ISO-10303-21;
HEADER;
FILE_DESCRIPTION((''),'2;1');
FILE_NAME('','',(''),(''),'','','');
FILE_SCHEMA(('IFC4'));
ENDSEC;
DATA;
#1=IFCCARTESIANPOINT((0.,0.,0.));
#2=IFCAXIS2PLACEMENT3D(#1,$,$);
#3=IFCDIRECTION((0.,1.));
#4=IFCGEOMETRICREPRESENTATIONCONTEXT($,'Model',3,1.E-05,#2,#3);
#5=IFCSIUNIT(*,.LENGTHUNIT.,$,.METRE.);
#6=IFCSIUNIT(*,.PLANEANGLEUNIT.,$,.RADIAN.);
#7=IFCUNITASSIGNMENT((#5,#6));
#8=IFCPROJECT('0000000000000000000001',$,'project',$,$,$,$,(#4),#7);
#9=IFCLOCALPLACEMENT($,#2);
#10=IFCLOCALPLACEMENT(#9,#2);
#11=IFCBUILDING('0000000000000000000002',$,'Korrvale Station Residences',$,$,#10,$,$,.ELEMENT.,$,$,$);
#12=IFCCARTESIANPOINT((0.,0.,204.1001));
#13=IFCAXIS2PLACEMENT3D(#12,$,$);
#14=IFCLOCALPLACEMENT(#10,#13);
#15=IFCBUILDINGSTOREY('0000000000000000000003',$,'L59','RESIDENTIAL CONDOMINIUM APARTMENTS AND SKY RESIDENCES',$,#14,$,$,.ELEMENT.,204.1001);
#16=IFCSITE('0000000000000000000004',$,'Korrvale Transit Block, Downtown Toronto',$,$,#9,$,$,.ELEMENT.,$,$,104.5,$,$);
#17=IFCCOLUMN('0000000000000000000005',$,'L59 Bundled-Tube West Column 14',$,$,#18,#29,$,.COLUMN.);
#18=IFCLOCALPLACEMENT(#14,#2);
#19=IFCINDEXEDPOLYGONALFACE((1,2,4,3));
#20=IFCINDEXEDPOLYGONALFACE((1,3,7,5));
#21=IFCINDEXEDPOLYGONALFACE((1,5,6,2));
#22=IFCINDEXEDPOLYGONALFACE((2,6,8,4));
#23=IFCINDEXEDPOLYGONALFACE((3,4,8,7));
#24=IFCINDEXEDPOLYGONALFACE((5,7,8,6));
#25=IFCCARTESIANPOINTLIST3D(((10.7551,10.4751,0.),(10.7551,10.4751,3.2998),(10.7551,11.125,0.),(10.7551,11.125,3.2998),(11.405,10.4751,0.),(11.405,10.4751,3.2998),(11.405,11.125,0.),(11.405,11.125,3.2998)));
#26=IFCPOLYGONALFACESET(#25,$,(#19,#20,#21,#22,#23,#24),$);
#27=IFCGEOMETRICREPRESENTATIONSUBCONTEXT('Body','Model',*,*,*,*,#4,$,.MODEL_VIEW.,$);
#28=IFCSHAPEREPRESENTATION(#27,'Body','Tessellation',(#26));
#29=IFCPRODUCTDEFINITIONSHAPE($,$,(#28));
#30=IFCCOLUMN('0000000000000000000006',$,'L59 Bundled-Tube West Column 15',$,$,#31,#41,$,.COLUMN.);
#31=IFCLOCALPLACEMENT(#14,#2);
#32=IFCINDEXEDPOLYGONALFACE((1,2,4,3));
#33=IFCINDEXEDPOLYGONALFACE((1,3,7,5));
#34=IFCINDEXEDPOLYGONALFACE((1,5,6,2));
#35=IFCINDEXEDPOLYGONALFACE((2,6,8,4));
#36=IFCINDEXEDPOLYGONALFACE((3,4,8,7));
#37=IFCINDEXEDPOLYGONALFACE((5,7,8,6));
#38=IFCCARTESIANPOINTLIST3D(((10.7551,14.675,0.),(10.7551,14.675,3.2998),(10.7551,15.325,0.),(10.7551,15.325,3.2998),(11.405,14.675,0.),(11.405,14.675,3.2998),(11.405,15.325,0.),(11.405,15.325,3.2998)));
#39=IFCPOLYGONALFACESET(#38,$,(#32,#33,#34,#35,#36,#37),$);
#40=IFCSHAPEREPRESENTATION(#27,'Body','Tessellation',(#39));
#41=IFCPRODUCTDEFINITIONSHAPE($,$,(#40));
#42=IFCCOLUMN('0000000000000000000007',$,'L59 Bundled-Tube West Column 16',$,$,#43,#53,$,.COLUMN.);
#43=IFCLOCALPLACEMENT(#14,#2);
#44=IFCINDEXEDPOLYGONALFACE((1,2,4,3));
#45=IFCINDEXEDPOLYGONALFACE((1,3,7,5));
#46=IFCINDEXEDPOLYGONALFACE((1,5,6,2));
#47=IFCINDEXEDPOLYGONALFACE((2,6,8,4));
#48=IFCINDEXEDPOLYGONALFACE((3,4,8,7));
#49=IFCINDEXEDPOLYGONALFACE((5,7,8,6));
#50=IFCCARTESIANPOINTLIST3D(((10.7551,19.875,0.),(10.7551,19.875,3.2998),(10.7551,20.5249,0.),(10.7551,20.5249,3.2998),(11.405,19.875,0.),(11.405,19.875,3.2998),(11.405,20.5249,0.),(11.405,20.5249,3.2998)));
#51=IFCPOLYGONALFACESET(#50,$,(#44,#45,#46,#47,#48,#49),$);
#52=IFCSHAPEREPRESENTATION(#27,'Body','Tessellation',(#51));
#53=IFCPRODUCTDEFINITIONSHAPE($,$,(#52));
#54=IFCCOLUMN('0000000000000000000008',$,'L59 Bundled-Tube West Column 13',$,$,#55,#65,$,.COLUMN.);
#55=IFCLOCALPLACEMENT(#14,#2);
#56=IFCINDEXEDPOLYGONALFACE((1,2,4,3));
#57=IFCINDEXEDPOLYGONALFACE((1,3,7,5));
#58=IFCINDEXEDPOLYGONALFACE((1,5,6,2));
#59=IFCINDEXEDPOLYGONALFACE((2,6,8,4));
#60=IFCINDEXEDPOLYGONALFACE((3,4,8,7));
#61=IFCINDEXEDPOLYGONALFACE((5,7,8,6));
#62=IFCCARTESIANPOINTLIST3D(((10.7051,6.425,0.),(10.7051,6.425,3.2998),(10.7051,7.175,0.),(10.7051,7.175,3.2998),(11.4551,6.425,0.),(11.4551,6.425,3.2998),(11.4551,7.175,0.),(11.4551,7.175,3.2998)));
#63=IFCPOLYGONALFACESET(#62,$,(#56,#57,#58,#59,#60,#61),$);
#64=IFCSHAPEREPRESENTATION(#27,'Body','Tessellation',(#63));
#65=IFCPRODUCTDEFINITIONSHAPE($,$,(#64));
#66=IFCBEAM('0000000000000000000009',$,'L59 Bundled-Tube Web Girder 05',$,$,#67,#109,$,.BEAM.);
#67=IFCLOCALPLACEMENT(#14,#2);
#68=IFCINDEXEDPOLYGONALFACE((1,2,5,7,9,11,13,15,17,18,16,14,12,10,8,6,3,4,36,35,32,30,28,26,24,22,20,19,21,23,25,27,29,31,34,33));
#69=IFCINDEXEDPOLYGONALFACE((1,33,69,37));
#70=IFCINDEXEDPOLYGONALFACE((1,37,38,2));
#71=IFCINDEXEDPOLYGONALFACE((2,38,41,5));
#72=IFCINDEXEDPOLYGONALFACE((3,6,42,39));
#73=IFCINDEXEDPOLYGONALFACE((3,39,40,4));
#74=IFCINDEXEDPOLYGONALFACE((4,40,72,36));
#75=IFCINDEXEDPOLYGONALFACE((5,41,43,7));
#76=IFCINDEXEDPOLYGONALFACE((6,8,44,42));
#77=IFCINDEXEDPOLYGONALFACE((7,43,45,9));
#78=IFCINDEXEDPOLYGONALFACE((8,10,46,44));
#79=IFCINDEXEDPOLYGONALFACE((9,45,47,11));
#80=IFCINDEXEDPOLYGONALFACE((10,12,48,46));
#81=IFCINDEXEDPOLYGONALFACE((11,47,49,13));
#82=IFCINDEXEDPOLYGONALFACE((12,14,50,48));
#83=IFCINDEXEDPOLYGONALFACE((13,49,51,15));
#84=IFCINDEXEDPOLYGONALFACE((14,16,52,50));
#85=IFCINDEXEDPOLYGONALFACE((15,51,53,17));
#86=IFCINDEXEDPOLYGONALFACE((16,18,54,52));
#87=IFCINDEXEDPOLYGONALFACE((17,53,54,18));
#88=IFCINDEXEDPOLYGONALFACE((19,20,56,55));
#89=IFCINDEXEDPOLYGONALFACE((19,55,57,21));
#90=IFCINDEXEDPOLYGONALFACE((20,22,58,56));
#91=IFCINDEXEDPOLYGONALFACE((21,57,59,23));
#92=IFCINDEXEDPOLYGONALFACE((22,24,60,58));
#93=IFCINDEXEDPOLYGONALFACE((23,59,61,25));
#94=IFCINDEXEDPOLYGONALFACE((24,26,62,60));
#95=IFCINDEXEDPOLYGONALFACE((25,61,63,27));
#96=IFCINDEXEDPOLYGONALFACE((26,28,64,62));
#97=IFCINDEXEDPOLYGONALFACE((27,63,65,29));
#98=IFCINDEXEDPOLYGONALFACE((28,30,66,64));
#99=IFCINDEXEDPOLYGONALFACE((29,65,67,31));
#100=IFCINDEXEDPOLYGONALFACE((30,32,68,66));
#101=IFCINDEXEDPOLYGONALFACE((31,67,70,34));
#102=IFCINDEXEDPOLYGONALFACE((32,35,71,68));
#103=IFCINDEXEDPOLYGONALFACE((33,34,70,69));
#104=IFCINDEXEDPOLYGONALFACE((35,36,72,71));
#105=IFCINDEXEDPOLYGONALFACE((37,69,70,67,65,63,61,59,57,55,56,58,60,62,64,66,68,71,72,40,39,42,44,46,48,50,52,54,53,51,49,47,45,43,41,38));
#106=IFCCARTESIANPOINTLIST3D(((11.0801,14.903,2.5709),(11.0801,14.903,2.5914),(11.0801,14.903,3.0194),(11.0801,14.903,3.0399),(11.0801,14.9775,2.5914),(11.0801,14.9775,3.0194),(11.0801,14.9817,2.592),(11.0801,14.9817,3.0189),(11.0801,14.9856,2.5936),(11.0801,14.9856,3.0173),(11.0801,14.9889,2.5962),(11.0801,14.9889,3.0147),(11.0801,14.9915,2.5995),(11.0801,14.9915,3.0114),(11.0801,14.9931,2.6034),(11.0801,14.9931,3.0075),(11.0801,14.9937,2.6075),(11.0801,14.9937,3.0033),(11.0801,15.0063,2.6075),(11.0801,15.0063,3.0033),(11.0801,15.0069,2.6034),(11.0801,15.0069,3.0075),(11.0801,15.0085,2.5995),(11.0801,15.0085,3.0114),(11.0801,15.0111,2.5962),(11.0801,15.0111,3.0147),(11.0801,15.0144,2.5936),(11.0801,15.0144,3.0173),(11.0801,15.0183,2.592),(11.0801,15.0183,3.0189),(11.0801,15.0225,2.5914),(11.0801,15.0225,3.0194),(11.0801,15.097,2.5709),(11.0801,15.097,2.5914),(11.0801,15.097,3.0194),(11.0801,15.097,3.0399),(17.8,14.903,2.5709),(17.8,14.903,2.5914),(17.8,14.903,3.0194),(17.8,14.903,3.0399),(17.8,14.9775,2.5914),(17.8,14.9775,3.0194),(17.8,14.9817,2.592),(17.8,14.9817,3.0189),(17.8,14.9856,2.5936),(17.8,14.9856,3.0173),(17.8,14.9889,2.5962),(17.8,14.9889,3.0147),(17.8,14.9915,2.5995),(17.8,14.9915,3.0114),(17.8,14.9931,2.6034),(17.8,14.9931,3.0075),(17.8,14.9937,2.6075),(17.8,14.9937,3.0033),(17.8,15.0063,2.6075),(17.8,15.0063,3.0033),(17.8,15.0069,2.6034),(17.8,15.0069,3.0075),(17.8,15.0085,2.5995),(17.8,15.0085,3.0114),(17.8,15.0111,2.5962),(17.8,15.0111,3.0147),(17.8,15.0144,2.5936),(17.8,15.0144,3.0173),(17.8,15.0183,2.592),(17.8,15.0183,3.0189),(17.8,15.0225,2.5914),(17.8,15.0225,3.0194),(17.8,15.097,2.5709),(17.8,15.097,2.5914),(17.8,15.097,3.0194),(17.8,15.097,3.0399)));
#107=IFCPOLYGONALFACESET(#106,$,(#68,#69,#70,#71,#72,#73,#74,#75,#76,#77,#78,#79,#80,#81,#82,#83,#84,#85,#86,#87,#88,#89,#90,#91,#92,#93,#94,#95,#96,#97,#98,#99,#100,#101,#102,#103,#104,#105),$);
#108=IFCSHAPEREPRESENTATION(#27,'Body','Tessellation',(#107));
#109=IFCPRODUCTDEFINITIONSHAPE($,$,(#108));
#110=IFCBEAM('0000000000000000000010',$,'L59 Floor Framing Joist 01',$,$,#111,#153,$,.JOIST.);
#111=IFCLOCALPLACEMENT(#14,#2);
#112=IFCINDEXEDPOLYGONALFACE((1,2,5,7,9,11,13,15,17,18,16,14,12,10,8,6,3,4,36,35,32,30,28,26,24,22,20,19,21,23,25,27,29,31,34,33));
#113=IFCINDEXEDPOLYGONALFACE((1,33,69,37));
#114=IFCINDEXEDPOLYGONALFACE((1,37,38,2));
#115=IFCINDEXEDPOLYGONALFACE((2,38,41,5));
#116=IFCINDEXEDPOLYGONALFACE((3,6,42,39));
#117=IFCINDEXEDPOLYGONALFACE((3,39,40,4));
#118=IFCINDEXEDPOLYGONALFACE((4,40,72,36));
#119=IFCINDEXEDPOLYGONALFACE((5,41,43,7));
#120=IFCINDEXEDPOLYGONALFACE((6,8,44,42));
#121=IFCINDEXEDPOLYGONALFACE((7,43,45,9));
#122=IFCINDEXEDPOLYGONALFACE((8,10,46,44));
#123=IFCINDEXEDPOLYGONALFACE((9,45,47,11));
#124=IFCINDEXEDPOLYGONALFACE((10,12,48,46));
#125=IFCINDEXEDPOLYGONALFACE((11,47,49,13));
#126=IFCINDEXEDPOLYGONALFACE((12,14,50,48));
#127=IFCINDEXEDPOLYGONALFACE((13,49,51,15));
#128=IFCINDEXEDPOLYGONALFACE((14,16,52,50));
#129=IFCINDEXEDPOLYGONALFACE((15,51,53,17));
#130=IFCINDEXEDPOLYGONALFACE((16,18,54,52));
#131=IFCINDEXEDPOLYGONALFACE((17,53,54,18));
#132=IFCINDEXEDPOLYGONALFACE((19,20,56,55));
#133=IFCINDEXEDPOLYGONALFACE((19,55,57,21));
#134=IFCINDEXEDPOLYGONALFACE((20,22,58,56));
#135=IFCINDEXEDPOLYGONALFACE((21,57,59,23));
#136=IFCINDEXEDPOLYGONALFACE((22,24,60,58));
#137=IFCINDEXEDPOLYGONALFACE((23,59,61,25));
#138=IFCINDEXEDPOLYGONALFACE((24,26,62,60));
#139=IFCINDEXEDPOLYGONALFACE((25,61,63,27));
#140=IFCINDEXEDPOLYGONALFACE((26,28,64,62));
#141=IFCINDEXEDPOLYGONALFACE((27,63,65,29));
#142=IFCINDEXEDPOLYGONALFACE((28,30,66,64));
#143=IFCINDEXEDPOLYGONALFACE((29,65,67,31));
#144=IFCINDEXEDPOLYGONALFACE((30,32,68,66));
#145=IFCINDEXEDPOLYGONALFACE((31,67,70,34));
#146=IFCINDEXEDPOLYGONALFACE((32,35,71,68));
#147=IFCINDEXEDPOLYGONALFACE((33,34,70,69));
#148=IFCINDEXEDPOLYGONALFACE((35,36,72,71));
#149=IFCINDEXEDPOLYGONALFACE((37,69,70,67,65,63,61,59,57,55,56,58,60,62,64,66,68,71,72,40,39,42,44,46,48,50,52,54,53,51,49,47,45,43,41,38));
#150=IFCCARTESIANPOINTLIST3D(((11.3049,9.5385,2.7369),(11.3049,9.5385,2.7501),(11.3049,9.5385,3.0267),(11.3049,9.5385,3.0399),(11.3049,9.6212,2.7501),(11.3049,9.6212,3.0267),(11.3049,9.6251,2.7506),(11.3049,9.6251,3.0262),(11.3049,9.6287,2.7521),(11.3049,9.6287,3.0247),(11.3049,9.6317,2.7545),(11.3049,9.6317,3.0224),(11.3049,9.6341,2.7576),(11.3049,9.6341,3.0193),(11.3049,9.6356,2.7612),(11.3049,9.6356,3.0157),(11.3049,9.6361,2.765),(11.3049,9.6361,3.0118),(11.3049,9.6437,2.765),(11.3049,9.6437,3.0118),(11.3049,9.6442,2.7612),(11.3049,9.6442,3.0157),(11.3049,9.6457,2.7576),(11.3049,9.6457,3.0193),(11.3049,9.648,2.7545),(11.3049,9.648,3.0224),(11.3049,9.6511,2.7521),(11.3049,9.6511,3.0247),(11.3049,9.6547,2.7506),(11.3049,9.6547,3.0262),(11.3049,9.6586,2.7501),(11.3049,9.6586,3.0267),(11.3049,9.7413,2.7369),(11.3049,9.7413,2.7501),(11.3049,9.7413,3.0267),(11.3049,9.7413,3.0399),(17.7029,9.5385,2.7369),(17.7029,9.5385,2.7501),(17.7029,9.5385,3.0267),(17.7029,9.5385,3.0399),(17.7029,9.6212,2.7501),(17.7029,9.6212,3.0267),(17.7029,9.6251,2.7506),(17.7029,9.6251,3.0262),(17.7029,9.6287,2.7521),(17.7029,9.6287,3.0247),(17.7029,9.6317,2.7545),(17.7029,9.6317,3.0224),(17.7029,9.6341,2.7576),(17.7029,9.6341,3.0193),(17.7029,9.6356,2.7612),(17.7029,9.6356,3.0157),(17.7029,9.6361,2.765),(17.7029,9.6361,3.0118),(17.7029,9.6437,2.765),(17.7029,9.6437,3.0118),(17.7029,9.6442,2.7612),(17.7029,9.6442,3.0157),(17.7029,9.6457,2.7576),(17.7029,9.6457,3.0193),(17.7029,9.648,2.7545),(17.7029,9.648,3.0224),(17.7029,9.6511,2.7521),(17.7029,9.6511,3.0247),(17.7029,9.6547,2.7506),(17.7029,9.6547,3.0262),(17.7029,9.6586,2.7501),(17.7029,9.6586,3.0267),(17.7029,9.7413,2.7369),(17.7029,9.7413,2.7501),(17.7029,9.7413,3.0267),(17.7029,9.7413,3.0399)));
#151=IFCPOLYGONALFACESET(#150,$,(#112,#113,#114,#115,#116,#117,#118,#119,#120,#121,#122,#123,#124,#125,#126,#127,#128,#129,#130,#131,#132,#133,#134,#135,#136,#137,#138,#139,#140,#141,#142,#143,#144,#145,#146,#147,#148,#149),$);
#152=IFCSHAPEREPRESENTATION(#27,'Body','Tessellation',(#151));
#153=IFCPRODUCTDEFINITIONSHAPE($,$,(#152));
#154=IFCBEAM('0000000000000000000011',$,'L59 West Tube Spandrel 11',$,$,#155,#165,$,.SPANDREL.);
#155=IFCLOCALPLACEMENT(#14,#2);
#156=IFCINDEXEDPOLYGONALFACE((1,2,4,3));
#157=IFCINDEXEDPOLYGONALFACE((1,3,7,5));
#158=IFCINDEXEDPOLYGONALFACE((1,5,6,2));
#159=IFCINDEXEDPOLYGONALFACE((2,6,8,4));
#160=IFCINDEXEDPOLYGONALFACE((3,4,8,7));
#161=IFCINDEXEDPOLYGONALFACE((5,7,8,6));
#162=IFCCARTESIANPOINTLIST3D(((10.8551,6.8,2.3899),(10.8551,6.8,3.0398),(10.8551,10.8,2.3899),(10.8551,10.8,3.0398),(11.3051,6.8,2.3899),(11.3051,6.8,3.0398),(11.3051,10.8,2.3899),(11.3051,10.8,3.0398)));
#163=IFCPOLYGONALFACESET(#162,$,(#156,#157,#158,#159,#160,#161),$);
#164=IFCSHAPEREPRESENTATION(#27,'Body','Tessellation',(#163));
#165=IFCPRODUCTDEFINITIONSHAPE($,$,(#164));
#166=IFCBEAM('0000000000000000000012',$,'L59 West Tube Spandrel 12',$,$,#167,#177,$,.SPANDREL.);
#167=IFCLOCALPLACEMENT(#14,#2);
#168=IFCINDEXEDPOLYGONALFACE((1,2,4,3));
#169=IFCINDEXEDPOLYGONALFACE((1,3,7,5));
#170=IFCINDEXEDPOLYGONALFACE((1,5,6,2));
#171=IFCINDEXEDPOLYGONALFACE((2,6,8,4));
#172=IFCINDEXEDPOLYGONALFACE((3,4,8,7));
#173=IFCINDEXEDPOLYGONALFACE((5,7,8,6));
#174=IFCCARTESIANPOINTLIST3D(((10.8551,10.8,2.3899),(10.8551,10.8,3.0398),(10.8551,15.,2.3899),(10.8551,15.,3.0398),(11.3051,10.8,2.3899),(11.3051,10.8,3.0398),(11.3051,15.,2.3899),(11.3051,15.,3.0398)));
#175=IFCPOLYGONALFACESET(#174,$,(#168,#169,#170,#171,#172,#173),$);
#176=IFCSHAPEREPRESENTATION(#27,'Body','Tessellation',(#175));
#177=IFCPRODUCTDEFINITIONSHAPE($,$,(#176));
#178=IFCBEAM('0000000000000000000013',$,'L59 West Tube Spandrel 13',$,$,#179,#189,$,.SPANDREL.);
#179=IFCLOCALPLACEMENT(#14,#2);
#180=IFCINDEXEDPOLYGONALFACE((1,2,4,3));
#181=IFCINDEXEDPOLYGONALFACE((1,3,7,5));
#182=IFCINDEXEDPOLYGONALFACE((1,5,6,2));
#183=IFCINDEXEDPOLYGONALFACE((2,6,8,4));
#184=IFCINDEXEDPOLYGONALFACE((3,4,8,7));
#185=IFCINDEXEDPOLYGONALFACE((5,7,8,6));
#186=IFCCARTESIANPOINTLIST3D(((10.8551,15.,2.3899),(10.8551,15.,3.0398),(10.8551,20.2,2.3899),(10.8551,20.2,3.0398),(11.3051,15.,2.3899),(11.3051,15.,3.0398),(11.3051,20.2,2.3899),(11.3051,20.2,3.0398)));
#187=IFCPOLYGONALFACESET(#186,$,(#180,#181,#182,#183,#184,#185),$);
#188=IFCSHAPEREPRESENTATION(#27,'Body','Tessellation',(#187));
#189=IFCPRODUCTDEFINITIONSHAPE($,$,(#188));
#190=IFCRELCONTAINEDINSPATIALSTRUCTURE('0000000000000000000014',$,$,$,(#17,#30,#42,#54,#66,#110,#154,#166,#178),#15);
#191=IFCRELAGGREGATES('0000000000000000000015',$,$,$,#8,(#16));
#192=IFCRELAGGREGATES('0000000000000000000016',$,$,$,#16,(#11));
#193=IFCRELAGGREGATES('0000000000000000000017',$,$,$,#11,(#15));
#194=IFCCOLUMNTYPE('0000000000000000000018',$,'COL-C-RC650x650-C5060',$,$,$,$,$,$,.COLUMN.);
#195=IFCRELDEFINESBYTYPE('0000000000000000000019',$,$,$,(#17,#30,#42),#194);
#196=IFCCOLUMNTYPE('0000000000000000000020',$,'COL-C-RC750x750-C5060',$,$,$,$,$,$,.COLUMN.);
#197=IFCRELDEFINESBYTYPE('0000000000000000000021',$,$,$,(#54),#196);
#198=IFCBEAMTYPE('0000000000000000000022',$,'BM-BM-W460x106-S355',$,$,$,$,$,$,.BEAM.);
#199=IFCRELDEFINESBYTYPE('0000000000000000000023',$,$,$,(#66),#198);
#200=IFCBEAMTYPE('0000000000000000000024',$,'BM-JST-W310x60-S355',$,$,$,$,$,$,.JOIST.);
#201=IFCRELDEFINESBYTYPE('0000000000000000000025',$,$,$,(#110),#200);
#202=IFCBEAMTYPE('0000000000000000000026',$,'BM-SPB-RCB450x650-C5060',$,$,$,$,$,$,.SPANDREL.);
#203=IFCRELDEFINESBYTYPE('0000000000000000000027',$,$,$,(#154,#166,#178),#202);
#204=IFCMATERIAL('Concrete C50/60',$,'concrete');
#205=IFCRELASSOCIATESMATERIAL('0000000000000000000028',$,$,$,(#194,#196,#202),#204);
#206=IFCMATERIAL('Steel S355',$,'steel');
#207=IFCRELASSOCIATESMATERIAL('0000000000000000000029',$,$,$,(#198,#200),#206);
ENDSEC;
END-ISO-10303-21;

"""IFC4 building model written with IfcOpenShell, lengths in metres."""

from ifc_helpers import new_model, si_unit, direction, frame, origin, origin_2d, place, context, subcontext, project, spatial, rectangle, i_section, extrude, material, material_profile, profile_set, type_object, element, save


model = new_model("IFC4")

# Units and contexts
model_context = context("Model", 3, precision=1e-05, world=origin(), true_north=direction((0.0, 1.0)))
body_context = subcontext(model_context, "Body", "Model", "MODEL_VIEW")
ifc_project = project(units=[si_unit("LENGTHUNIT", "METRE"), si_unit("PLANEANGLEUNIT", "RADIAN")], contexts=[model_context])

# Site, building, storey
site_placement = place(None, origin())
site = spatial("IfcSite", under=ifc_project, at=site_placement, Name="Korrvale Transit Block, Downtown Toronto", CompositionType="ELEMENT", RefElevation=104.5)
building_placement = place(site_placement, origin())
building = spatial("IfcBuilding", under=site, at=building_placement, Name="Korrvale Station Residences", CompositionType="ELEMENT")
storey_placement = place(building_placement, frame((0.0, 0.0, 204.1001)))
storey = spatial("IfcBuildingStorey", under=building, at=storey_placement, Name="L59", Description="RESIDENTIAL CONDOMINIUM APARTMENTS AND SKY RESIDENCES", CompositionType="ELEMENT", Elevation=204.1001)

# Columns
ifc_material_1 = material(Name="Concrete C50/60", Category="concrete")
ifc_material_profile_1 = material_profile(ifc_material_1, rectangle(XDim=0.6499, YDim=0.6499, at=origin_2d()), Name="RC650x650")
ifc_profile_set_1 = profile_set([ifc_material_profile_1], Name="Concrete C50/60")
column_type_1 = type_object("IfcColumnType", Name="COL-C-RC650x650-C5060", PredefinedType="COLUMN", material=ifc_profile_set_1)
for number, where, z_axis, x_axis, name in (
    (1, (11.0801, 10.8, 0.0), (0.0, 0.0, 1.0), (1.0, 0.0, 0.0), "L59 Bundled-Tube West Column 14"),
    (2, (11.0801, 15.0, 0.0), (0.0, 0.0, 1.0), (1.0, 0.0, 0.0), "L59 Bundled-Tube West Column 15"),
    (3, (11.0801, 20.2, 0.0), (0.0, 0.0, 1.0), (1.0, 0.0, 0.0), "L59 Bundled-Tube West Column 16"),
):
    element("IfcColumn", number, at=place(storey_placement, frame(where, z_axis=z_axis, x_axis=x_axis)), inside=storey, type_object=column_type_1, Name=name, PredefinedType="COLUMN", context=body_context, shape_type="SweptSolid", body=[
        extrude(rectangle(XDim=0.6499, YDim=0.6499, at=origin_2d()), origin(), (0.0, 0.0, 1.0), 3.2998),
    ])
ifc_material_profile_2 = material_profile(ifc_material_1, rectangle(XDim=0.75, YDim=0.75, at=origin_2d()), Name="RC750x750")
ifc_profile_set_2 = profile_set([ifc_material_profile_2], Name="Concrete C50/60")
column_type_2 = type_object("IfcColumnType", Name="COL-C-RC750x750-C5060", PredefinedType="COLUMN", material=ifc_profile_set_2)
column_placement = place(storey_placement, frame((11.0801, 6.8, 0.0), z_axis=(0.0, 0.0, 1.0), x_axis=(1.0, 0.0, 0.0)))
element("IfcColumn", 4, at=column_placement, inside=storey, type_object=column_type_2, Name="L59 Bundled-Tube West Column 13", PredefinedType="COLUMN", context=body_context, shape_type="SweptSolid", body=[
    extrude(rectangle(XDim=0.75, YDim=0.75, at=origin_2d()), origin(), (0.0, 0.0, 1.0), 3.2998),
])

# Beams
ifc_material_2 = material(Name="Steel S355", Category="steel")
ifc_material_profile_3 = material_profile(ifc_material_2, i_section(OverallWidth=0.1941, OverallDepth=0.469, WebThickness=0.0127, FlangeThickness=0.0205, FilletRadius=0.0161, at=origin_2d()), Name="W460x106")
ifc_profile_set_3 = profile_set([ifc_material_profile_3], Name="Steel S355")
beam_type_1 = type_object("IfcBeamType", Name="BM-BM-W460x106-S355", PredefinedType="BEAM", material=ifc_profile_set_3)
beam_1_placement = place(storey_placement, frame((11.0801, 15.0, 2.8054), z_axis=(1.0, 0.0, 0.0), x_axis=(0.0, 1.0, 0.0)))
element("IfcBeam", 5, at=beam_1_placement, inside=storey, type_object=beam_type_1, Name="L59 Bundled-Tube Web Girder 05", PredefinedType="BEAM", context=body_context, shape_type="SweptSolid", body=[
    extrude(i_section(OverallWidth=0.1941, OverallDepth=0.469, WebThickness=0.0127, FlangeThickness=0.0205, FilletRadius=0.0161, at=origin_2d()), origin(), (0.0, 0.0, 1.0), 6.72),
])
ifc_material_profile_4 = material_profile(ifc_material_2, i_section(OverallWidth=0.2029, OverallDepth=0.303, WebThickness=0.0076, FlangeThickness=0.0132, FilletRadius=0.0149, at=origin_2d()), Name="W310x60")
ifc_profile_set_4 = profile_set([ifc_material_profile_4], Name="Steel S355")
beam_type_2 = type_object("IfcBeamType", Name="BM-JST-W310x60-S355", PredefinedType="JOIST", material=ifc_profile_set_4)
beam_2_placement = place(storey_placement, frame((11.3049, 9.6399, 2.8884), z_axis=(1.0, 0.0, 0.0), x_axis=(0.0, 1.0, 0.0)))
element("IfcBeam", 6, at=beam_2_placement, inside=storey, type_object=beam_type_2, Name="L59 Floor Framing Joist 01", PredefinedType="JOIST", context=body_context, shape_type="SweptSolid", body=[
    extrude(i_section(OverallWidth=0.2029, OverallDepth=0.303, WebThickness=0.0076, FlangeThickness=0.0132, FilletRadius=0.0149, at=origin_2d()), origin(), (0.0, 0.0, 1.0), 6.3979),
])
ifc_material_profile_5 = material_profile(ifc_material_1, rectangle(XDim=0.45, YDim=0.6499, at=origin_2d()), Name="RCB450x650")
ifc_profile_set_5 = profile_set([ifc_material_profile_5], Name="Concrete C50/60")
beam_type_3 = type_object("IfcBeamType", Name="BM-SPB-RCB450x650-C5060", PredefinedType="SPANDREL", material=ifc_profile_set_5)
beam_3_placement = place(storey_placement, frame((11.0801, 6.8, 2.7148), z_axis=(0.0, 1.0, 0.0), x_axis=(-1.0, 0.0, 0.0)))
element("IfcBeam", 7, at=beam_3_placement, inside=storey, type_object=beam_type_3, Name="L59 West Tube Spandrel 11", PredefinedType="SPANDREL", context=body_context, shape_type="SweptSolid", body=[
    extrude(rectangle(XDim=0.45, YDim=0.6499, at=origin_2d()), origin(), (0.0, 0.0, 1.0), 4.0),
])
beam_4_placement = place(storey_placement, frame((11.0801, 10.8, 2.7148), z_axis=(0.0, 1.0, 0.0), x_axis=(-1.0, 0.0, 0.0)))
element("IfcBeam", 8, at=beam_4_placement, inside=storey, type_object=beam_type_3, Name="L59 West Tube Spandrel 12", PredefinedType="SPANDREL", context=body_context, shape_type="SweptSolid", body=[
    extrude(rectangle(XDim=0.45, YDim=0.6499, at=origin_2d()), origin(), (0.0, 0.0, 1.0), 4.2),
])
beam_5_placement = place(storey_placement, frame((11.0801, 15.0, 2.7148), z_axis=(0.0, 1.0, 0.0), x_axis=(-1.0, 0.0, 0.0)))
element("IfcBeam", 9, at=beam_5_placement, inside=storey, type_object=beam_type_3, Name="L59 West Tube Spandrel 13", PredefinedType="SPANDREL", context=body_context, shape_type="SweptSolid", body=[
    extrude(rectangle(XDim=0.45, YDim=0.6499, at=origin_2d()), origin(), (0.0, 0.0, 1.0), 5.2),
])

save(model, "model.ifc")
